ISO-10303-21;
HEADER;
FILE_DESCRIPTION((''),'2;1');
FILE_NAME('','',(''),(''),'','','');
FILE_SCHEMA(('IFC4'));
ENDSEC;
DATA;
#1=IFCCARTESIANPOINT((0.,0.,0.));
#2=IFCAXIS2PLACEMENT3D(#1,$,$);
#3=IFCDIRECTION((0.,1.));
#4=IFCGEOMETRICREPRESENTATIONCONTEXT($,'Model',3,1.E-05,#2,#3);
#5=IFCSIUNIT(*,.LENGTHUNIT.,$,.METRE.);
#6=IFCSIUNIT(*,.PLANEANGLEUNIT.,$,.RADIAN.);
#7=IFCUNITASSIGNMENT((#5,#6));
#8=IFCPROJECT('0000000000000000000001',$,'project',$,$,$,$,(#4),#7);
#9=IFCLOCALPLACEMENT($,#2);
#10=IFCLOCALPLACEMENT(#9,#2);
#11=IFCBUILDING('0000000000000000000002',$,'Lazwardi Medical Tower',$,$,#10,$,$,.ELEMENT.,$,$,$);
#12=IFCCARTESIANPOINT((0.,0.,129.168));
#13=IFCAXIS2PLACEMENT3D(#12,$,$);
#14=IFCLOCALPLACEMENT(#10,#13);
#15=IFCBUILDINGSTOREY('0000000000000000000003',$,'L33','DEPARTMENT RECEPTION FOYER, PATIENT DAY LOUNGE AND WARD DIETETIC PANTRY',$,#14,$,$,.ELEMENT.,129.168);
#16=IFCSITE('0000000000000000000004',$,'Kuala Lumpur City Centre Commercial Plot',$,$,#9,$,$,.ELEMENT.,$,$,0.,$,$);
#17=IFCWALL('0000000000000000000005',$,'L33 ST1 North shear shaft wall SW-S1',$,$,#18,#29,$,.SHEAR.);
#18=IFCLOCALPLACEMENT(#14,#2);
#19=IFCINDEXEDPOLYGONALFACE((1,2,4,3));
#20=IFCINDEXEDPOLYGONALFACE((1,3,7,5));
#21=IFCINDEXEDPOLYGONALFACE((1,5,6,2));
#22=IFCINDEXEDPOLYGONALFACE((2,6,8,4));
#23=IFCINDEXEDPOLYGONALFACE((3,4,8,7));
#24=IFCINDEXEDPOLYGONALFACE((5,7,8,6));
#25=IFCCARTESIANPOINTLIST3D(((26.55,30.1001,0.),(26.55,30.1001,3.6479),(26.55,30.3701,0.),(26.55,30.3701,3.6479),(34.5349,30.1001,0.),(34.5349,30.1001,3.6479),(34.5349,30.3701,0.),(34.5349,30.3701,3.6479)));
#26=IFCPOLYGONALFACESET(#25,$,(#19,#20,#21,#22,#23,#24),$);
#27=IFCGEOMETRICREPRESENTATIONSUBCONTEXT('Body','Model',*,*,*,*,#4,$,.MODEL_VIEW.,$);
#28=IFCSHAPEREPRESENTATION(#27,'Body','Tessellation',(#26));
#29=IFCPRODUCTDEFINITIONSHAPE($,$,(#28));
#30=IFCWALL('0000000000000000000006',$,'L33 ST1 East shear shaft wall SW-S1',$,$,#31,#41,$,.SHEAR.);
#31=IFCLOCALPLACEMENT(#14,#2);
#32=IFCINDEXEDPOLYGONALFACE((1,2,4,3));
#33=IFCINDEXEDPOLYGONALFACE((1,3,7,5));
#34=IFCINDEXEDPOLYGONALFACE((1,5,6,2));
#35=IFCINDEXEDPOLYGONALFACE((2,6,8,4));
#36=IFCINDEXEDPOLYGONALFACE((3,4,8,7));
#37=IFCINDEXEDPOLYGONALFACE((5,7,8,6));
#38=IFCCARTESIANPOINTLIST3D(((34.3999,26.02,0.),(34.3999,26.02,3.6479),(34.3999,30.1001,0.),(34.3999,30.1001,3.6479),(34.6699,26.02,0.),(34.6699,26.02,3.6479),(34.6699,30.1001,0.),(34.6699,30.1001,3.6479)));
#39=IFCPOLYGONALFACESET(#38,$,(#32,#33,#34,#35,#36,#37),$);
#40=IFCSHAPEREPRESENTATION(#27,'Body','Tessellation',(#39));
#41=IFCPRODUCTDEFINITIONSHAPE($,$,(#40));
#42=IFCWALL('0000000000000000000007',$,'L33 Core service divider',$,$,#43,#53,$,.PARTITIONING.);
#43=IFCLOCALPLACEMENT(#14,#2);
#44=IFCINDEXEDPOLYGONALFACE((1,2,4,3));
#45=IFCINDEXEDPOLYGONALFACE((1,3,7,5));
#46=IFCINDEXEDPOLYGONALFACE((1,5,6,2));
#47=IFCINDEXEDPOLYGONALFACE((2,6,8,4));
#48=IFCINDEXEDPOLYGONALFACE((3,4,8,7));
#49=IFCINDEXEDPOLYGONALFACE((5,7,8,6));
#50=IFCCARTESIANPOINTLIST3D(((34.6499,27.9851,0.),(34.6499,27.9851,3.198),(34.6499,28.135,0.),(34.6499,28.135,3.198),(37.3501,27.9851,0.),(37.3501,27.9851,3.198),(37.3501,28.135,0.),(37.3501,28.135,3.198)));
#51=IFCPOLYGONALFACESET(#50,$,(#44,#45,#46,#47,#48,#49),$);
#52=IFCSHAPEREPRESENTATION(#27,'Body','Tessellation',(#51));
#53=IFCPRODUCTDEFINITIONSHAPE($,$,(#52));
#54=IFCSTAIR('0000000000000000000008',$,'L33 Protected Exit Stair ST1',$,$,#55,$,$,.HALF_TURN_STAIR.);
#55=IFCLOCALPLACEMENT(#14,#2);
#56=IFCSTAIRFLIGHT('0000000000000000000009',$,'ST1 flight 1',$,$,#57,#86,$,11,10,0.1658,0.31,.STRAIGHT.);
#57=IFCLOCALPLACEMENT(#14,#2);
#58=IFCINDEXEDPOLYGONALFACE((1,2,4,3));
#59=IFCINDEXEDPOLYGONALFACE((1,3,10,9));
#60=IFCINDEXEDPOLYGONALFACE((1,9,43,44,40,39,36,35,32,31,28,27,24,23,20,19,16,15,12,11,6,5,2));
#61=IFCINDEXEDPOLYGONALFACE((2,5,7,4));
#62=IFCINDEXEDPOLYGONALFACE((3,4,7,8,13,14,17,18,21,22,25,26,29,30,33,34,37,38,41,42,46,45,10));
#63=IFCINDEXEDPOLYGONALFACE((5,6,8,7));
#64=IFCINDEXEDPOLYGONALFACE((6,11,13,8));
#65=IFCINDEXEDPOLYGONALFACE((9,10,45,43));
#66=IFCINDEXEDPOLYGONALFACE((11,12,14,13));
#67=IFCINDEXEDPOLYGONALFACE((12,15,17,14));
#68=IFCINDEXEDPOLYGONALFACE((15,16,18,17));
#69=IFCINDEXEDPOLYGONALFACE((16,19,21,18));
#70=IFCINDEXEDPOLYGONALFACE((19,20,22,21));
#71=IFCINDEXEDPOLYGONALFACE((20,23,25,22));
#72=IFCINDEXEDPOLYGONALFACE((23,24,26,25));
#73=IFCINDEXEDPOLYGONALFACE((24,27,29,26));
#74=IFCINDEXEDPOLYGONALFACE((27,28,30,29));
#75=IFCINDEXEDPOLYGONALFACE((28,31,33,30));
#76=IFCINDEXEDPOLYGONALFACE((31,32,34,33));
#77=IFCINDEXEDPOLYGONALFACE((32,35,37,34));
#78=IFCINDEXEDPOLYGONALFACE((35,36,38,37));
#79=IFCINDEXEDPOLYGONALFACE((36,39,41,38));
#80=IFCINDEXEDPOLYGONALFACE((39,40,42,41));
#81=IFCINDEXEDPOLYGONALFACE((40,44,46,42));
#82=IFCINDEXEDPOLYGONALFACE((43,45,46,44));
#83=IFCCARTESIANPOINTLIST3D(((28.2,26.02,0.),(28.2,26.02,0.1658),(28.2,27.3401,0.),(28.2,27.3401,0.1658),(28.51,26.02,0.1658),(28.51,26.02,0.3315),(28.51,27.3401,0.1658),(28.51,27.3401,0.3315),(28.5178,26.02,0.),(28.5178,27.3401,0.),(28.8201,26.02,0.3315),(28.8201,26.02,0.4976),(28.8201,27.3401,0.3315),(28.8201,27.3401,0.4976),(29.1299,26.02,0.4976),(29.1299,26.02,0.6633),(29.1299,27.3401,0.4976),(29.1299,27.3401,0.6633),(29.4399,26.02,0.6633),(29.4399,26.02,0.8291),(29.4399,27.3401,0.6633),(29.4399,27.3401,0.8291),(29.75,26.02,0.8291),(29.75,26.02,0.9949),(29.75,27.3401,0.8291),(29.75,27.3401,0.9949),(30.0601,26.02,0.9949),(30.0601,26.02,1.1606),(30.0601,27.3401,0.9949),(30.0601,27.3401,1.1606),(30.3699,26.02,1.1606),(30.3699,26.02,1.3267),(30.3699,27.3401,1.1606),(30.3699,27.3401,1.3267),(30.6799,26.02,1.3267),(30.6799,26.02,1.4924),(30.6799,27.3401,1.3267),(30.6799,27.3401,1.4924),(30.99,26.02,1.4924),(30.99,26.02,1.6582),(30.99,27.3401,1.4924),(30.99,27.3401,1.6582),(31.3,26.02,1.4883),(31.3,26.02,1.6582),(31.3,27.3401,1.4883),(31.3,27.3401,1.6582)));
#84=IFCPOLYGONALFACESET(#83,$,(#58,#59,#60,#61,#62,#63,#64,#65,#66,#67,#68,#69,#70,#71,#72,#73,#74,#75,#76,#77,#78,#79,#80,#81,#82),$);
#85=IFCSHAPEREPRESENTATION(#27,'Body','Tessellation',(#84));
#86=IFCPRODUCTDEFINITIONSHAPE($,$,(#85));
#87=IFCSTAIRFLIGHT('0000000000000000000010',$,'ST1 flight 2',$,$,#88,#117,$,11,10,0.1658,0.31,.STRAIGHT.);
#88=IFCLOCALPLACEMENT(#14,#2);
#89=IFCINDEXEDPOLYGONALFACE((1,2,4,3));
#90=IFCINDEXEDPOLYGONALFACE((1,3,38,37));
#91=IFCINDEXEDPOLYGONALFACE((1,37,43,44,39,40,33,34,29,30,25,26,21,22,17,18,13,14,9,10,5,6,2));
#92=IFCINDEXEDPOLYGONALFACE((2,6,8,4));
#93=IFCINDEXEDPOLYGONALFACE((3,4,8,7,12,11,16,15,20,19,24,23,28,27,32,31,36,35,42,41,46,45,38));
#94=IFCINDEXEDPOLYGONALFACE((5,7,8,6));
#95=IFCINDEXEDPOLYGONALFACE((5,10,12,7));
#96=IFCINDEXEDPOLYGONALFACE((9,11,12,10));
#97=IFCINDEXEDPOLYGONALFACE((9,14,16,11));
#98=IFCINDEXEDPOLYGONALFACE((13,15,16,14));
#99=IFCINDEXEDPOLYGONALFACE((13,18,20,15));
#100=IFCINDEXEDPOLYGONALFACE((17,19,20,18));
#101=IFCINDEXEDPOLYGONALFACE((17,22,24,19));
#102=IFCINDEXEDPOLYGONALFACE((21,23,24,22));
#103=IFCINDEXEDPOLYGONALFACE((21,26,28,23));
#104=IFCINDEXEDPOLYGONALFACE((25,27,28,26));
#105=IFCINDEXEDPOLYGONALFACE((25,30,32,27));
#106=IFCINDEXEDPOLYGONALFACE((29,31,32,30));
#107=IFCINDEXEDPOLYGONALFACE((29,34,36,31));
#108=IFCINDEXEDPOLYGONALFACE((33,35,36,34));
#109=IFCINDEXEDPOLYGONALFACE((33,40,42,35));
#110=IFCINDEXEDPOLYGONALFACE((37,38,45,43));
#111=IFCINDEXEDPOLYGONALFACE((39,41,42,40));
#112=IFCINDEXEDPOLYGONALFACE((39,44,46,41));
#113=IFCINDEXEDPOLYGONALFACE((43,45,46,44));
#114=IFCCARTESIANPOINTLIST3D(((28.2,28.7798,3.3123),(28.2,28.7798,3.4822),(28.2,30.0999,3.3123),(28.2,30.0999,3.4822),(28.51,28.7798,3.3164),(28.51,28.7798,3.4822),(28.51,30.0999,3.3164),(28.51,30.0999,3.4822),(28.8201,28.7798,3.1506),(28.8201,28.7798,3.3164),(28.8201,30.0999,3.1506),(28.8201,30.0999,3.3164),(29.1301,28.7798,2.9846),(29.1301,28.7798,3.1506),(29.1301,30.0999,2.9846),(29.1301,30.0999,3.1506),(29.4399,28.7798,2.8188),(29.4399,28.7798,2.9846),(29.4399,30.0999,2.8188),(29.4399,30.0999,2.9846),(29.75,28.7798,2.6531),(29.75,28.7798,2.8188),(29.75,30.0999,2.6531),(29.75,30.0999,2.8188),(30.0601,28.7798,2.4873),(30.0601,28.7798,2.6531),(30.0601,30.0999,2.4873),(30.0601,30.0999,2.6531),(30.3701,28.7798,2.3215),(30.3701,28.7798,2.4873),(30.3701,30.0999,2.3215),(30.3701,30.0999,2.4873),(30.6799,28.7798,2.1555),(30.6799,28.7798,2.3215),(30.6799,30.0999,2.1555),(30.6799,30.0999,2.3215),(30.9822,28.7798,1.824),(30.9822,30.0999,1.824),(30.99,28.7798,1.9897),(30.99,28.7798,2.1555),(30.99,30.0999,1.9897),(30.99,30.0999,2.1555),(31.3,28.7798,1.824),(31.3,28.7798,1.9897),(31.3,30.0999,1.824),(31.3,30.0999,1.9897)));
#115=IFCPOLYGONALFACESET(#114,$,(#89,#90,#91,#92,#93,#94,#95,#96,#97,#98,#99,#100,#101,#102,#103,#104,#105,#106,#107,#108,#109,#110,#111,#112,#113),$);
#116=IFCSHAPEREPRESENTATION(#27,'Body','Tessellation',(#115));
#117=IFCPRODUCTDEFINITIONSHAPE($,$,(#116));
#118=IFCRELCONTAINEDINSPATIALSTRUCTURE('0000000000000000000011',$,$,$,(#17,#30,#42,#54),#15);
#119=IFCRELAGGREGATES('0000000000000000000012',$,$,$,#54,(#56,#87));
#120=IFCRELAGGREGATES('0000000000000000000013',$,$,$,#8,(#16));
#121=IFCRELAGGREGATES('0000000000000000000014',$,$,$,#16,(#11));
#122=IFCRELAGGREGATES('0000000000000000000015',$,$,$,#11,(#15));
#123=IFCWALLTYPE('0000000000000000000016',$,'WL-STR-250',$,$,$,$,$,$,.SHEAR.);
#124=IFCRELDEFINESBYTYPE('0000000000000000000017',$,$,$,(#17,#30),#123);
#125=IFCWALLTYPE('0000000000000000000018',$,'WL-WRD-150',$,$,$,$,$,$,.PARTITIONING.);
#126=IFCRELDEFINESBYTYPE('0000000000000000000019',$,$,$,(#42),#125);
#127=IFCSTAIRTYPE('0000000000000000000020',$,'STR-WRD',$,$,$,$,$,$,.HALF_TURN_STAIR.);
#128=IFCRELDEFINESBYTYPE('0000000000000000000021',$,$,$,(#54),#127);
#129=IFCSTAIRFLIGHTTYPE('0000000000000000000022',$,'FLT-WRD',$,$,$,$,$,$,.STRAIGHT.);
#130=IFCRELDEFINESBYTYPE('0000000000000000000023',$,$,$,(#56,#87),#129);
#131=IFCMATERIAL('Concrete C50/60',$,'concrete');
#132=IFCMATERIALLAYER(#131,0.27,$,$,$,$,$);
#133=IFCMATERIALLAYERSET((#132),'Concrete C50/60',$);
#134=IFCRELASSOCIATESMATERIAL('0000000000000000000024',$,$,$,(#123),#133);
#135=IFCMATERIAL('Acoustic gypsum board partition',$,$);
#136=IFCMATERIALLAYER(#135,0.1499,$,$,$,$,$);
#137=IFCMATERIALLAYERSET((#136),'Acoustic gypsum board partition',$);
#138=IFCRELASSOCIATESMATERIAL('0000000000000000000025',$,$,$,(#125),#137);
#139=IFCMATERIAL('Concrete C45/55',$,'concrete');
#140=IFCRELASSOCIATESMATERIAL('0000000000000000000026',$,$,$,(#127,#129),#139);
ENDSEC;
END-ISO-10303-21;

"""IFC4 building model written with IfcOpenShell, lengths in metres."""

from ifc_helpers import new_model, si_unit, direction, frame, frame_2d, origin, place, context, subcontext, project, spatial, polyline, rectangle, outline, extrude, material, layer, layer_set, type_object, element, aggregate, save


model = new_model("IFC4")

# Units and contexts
model_context = context("Model", 3, precision=1e-05, world=origin(), true_north=direction((0.0, 1.0)))
body_context = subcontext(model_context, "Body", "Model", "MODEL_VIEW")
ifc_project = project(units=[si_unit("LENGTHUNIT", "METRE"), si_unit("PLANEANGLEUNIT", "RADIAN")], contexts=[model_context])

# Site, building, storey
site_placement = place(None, origin())
site = spatial("IfcSite", under=ifc_project, at=site_placement, Name="Kuala Lumpur City Centre Commercial Plot", CompositionType="ELEMENT", RefElevation=0.0)
building_placement = place(site_placement, origin())
building = spatial("IfcBuilding", under=site, at=building_placement, Name="Lazwardi Medical Tower", CompositionType="ELEMENT")
storey_placement = place(building_placement, frame((0.0, 0.0, 129.168)))
storey = spatial("IfcBuildingStorey", under=building, at=storey_placement, Name="L33", Description="DEPARTMENT RECEPTION FOYER, PATIENT DAY LOUNGE AND WARD DIETETIC PANTRY", CompositionType="ELEMENT", Elevation=129.168)

# Wall
ifc_material_1 = material(Name="Concrete C50/60", Category="concrete")
ifc_layer_1 = layer(ifc_material_1, 0.27)
ifc_layer_set_1 = layer_set([ifc_layer_1], Name="Concrete C50/60")
wall_type_1 = type_object("IfcWallType", Name="WL-STR-250", PredefinedType="SHEAR", material=ifc_layer_set_1)
wall_1_placement = place(storey_placement, frame((26.55, 30.2351, 0.0), z_axis=(0.0, 0.0, 1.0), x_axis=(1.0, 0.0, 0.0)))
element("IfcWall", 1, at=wall_1_placement, inside=storey, type_object=wall_type_1, Name="L33 ST1 North shear shaft wall SW-S1", PredefinedType="SHEAR", context=body_context, shape_type="SweptSolid", body=[
    extrude(rectangle(XDim=7.9849, YDim=0.27, at=frame_2d((3.9924, 0.0))), origin(), (0.0, 0.0, 1.0), 3.6479),
])

# Walls
wall_2_placement = place(storey_placement, frame((34.5349, 26.02, 0.0), z_axis=(0.0, 0.0, 1.0), x_axis=(0.0, 1.0, 0.0)))
element("IfcWall", 2, at=wall_2_placement, inside=storey, type_object=wall_type_1, Name="L33 ST1 East shear shaft wall SW-S1", PredefinedType="SHEAR", context=body_context, shape_type="SweptSolid", body=[
    extrude(rectangle(XDim=4.0801, YDim=0.27, at=frame_2d((2.04, 0.0))), origin(), (0.0, 0.0, 1.0), 3.6479),
])
ifc_material_2 = material(Name="Acoustic gypsum board partition")
ifc_layer_2 = layer(ifc_material_2, 0.1499)
ifc_layer_set_2 = layer_set([ifc_layer_2], Name="Acoustic gypsum board partition")
wall_type_2 = type_object("IfcWallType", Name="WL-WRD-150", PredefinedType="PARTITIONING", material=ifc_layer_set_2)
wall_3_placement = place(storey_placement, frame((34.6499, 28.0601, 0.0), z_axis=(0.0, 0.0, 1.0), x_axis=(1.0, 0.0, 0.0)))
element("IfcWall", 3, at=wall_3_placement, inside=storey, type_object=wall_type_2, Name="L33 Core service divider", PredefinedType="PARTITIONING", context=body_context, shape_type="SweptSolid", body=[
    extrude(rectangle(XDim=2.7002, YDim=0.1499, at=frame_2d((1.3501, 0.0))), origin(), (0.0, 0.0, 1.0), 3.198),
])

# Stair, stair flights
ifc_material_3 = material(Name="Concrete C45/55", Category="concrete")
stair_type = type_object("IfcStairType", Name="STR-WRD", PredefinedType="HALF_TURN_STAIR", material=ifc_material_3)
stair_placement = place(storey_placement, origin())
stair = element("IfcStair", 4, at=stair_placement, inside=storey, type_object=stair_type, Name="L33 Protected Exit Stair ST1", PredefinedType="HALF_TURN_STAIR")
stair_flight_type = type_object("IfcStairFlightType", Name="FLT-WRD", PredefinedType="STRAIGHT", material=ifc_material_3)
stair_flight_1_placement = place(storey_placement, frame((28.2, 26.6799, 0.0), z_axis=(0.0, 0.0, 1.0), x_axis=(1.0, 0.0, 0.0)))
stair_flight_1 = element("IfcStairFlight", 5, at=stair_flight_1_placement, type_object=stair_flight_type, Name="ST1 flight 1", NumberOfRisers=11, NumberOfTreads=10, PredefinedType="STRAIGHT", RiserHeight=0.1658, TreadLength=0.31, context=body_context, shape_type="SweptSolid", body=[
    extrude(outline(polyline([(0.0, 0.0), (0.0, 0.1658), (0.3101, 0.1658), (0.3101, 0.3315), (0.6201, 0.3315), (0.6201, 0.4976), (0.9299, 0.4976), (0.9299, 0.6633), (1.24, 0.6633), (1.24, 0.8291), (1.55, 0.8291), (1.55, 0.9949), (1.8601, 0.9949), (1.8601, 1.1606), (2.1699, 1.1606), (2.1699, 1.3267), (2.48, 1.3267), (2.48, 1.4924), (2.79, 1.4924), (2.79, 1.6582), (3.1001, 1.6582), (3.1001, 1.824), (3.1001, 1.4883), (0.3179, 0.0), (0.0, 0.0)])), frame((0.0, 0.6602, 0.0), z_axis=(0.0, -1.0, 0.0), x_axis=(1.0, 0.0, 0.0)), (0.0, 0.0, 1.0), 1.3201),
])
stair_flight_2_placement = place(storey_placement, frame((31.3, 29.4399, 1.824), z_axis=(0.0, 0.0, 1.0), x_axis=(-1.0, 0.0, 0.0)))
stair_flight_2 = element("IfcStairFlight", 6, at=stair_flight_2_placement, type_object=stair_flight_type, Name="ST1 flight 2", NumberOfRisers=11, NumberOfTreads=10, PredefinedType="STRAIGHT", RiserHeight=0.1658, TreadLength=0.31, context=body_context, shape_type="SweptSolid", body=[
    extrude(outline(polyline([(0.0, 0.0), (0.0, 0.1658), (0.3101, 0.1658), (0.3101, 0.3315), (0.6201, 0.3315), (0.6201, 0.4976), (0.9299, 0.4976), (0.9299, 0.6633), (1.24, 0.6633), (1.24, 0.8291), (1.55, 0.8291), (1.55, 0.9949), (1.8601, 0.9949), (1.8601, 1.1606), (2.1699, 1.1606), (2.1699, 1.3267), (2.48, 1.3267), (2.48, 1.4924), (2.79, 1.4924), (2.79, 1.6582), (3.1001, 1.6582), (3.1001, 1.824), (3.1001, 1.4883), (0.3179, 0.0), (0.0, 0.0)])), frame((0.0, 0.6602, 0.0), z_axis=(0.0, -1.0, 0.0), x_axis=(1.0, 0.0, 0.0)), (0.0, 0.0, 1.0), 1.3201),
])
aggregate(stair, [stair_flight_1, stair_flight_2])

save(model, "model.ifc")
